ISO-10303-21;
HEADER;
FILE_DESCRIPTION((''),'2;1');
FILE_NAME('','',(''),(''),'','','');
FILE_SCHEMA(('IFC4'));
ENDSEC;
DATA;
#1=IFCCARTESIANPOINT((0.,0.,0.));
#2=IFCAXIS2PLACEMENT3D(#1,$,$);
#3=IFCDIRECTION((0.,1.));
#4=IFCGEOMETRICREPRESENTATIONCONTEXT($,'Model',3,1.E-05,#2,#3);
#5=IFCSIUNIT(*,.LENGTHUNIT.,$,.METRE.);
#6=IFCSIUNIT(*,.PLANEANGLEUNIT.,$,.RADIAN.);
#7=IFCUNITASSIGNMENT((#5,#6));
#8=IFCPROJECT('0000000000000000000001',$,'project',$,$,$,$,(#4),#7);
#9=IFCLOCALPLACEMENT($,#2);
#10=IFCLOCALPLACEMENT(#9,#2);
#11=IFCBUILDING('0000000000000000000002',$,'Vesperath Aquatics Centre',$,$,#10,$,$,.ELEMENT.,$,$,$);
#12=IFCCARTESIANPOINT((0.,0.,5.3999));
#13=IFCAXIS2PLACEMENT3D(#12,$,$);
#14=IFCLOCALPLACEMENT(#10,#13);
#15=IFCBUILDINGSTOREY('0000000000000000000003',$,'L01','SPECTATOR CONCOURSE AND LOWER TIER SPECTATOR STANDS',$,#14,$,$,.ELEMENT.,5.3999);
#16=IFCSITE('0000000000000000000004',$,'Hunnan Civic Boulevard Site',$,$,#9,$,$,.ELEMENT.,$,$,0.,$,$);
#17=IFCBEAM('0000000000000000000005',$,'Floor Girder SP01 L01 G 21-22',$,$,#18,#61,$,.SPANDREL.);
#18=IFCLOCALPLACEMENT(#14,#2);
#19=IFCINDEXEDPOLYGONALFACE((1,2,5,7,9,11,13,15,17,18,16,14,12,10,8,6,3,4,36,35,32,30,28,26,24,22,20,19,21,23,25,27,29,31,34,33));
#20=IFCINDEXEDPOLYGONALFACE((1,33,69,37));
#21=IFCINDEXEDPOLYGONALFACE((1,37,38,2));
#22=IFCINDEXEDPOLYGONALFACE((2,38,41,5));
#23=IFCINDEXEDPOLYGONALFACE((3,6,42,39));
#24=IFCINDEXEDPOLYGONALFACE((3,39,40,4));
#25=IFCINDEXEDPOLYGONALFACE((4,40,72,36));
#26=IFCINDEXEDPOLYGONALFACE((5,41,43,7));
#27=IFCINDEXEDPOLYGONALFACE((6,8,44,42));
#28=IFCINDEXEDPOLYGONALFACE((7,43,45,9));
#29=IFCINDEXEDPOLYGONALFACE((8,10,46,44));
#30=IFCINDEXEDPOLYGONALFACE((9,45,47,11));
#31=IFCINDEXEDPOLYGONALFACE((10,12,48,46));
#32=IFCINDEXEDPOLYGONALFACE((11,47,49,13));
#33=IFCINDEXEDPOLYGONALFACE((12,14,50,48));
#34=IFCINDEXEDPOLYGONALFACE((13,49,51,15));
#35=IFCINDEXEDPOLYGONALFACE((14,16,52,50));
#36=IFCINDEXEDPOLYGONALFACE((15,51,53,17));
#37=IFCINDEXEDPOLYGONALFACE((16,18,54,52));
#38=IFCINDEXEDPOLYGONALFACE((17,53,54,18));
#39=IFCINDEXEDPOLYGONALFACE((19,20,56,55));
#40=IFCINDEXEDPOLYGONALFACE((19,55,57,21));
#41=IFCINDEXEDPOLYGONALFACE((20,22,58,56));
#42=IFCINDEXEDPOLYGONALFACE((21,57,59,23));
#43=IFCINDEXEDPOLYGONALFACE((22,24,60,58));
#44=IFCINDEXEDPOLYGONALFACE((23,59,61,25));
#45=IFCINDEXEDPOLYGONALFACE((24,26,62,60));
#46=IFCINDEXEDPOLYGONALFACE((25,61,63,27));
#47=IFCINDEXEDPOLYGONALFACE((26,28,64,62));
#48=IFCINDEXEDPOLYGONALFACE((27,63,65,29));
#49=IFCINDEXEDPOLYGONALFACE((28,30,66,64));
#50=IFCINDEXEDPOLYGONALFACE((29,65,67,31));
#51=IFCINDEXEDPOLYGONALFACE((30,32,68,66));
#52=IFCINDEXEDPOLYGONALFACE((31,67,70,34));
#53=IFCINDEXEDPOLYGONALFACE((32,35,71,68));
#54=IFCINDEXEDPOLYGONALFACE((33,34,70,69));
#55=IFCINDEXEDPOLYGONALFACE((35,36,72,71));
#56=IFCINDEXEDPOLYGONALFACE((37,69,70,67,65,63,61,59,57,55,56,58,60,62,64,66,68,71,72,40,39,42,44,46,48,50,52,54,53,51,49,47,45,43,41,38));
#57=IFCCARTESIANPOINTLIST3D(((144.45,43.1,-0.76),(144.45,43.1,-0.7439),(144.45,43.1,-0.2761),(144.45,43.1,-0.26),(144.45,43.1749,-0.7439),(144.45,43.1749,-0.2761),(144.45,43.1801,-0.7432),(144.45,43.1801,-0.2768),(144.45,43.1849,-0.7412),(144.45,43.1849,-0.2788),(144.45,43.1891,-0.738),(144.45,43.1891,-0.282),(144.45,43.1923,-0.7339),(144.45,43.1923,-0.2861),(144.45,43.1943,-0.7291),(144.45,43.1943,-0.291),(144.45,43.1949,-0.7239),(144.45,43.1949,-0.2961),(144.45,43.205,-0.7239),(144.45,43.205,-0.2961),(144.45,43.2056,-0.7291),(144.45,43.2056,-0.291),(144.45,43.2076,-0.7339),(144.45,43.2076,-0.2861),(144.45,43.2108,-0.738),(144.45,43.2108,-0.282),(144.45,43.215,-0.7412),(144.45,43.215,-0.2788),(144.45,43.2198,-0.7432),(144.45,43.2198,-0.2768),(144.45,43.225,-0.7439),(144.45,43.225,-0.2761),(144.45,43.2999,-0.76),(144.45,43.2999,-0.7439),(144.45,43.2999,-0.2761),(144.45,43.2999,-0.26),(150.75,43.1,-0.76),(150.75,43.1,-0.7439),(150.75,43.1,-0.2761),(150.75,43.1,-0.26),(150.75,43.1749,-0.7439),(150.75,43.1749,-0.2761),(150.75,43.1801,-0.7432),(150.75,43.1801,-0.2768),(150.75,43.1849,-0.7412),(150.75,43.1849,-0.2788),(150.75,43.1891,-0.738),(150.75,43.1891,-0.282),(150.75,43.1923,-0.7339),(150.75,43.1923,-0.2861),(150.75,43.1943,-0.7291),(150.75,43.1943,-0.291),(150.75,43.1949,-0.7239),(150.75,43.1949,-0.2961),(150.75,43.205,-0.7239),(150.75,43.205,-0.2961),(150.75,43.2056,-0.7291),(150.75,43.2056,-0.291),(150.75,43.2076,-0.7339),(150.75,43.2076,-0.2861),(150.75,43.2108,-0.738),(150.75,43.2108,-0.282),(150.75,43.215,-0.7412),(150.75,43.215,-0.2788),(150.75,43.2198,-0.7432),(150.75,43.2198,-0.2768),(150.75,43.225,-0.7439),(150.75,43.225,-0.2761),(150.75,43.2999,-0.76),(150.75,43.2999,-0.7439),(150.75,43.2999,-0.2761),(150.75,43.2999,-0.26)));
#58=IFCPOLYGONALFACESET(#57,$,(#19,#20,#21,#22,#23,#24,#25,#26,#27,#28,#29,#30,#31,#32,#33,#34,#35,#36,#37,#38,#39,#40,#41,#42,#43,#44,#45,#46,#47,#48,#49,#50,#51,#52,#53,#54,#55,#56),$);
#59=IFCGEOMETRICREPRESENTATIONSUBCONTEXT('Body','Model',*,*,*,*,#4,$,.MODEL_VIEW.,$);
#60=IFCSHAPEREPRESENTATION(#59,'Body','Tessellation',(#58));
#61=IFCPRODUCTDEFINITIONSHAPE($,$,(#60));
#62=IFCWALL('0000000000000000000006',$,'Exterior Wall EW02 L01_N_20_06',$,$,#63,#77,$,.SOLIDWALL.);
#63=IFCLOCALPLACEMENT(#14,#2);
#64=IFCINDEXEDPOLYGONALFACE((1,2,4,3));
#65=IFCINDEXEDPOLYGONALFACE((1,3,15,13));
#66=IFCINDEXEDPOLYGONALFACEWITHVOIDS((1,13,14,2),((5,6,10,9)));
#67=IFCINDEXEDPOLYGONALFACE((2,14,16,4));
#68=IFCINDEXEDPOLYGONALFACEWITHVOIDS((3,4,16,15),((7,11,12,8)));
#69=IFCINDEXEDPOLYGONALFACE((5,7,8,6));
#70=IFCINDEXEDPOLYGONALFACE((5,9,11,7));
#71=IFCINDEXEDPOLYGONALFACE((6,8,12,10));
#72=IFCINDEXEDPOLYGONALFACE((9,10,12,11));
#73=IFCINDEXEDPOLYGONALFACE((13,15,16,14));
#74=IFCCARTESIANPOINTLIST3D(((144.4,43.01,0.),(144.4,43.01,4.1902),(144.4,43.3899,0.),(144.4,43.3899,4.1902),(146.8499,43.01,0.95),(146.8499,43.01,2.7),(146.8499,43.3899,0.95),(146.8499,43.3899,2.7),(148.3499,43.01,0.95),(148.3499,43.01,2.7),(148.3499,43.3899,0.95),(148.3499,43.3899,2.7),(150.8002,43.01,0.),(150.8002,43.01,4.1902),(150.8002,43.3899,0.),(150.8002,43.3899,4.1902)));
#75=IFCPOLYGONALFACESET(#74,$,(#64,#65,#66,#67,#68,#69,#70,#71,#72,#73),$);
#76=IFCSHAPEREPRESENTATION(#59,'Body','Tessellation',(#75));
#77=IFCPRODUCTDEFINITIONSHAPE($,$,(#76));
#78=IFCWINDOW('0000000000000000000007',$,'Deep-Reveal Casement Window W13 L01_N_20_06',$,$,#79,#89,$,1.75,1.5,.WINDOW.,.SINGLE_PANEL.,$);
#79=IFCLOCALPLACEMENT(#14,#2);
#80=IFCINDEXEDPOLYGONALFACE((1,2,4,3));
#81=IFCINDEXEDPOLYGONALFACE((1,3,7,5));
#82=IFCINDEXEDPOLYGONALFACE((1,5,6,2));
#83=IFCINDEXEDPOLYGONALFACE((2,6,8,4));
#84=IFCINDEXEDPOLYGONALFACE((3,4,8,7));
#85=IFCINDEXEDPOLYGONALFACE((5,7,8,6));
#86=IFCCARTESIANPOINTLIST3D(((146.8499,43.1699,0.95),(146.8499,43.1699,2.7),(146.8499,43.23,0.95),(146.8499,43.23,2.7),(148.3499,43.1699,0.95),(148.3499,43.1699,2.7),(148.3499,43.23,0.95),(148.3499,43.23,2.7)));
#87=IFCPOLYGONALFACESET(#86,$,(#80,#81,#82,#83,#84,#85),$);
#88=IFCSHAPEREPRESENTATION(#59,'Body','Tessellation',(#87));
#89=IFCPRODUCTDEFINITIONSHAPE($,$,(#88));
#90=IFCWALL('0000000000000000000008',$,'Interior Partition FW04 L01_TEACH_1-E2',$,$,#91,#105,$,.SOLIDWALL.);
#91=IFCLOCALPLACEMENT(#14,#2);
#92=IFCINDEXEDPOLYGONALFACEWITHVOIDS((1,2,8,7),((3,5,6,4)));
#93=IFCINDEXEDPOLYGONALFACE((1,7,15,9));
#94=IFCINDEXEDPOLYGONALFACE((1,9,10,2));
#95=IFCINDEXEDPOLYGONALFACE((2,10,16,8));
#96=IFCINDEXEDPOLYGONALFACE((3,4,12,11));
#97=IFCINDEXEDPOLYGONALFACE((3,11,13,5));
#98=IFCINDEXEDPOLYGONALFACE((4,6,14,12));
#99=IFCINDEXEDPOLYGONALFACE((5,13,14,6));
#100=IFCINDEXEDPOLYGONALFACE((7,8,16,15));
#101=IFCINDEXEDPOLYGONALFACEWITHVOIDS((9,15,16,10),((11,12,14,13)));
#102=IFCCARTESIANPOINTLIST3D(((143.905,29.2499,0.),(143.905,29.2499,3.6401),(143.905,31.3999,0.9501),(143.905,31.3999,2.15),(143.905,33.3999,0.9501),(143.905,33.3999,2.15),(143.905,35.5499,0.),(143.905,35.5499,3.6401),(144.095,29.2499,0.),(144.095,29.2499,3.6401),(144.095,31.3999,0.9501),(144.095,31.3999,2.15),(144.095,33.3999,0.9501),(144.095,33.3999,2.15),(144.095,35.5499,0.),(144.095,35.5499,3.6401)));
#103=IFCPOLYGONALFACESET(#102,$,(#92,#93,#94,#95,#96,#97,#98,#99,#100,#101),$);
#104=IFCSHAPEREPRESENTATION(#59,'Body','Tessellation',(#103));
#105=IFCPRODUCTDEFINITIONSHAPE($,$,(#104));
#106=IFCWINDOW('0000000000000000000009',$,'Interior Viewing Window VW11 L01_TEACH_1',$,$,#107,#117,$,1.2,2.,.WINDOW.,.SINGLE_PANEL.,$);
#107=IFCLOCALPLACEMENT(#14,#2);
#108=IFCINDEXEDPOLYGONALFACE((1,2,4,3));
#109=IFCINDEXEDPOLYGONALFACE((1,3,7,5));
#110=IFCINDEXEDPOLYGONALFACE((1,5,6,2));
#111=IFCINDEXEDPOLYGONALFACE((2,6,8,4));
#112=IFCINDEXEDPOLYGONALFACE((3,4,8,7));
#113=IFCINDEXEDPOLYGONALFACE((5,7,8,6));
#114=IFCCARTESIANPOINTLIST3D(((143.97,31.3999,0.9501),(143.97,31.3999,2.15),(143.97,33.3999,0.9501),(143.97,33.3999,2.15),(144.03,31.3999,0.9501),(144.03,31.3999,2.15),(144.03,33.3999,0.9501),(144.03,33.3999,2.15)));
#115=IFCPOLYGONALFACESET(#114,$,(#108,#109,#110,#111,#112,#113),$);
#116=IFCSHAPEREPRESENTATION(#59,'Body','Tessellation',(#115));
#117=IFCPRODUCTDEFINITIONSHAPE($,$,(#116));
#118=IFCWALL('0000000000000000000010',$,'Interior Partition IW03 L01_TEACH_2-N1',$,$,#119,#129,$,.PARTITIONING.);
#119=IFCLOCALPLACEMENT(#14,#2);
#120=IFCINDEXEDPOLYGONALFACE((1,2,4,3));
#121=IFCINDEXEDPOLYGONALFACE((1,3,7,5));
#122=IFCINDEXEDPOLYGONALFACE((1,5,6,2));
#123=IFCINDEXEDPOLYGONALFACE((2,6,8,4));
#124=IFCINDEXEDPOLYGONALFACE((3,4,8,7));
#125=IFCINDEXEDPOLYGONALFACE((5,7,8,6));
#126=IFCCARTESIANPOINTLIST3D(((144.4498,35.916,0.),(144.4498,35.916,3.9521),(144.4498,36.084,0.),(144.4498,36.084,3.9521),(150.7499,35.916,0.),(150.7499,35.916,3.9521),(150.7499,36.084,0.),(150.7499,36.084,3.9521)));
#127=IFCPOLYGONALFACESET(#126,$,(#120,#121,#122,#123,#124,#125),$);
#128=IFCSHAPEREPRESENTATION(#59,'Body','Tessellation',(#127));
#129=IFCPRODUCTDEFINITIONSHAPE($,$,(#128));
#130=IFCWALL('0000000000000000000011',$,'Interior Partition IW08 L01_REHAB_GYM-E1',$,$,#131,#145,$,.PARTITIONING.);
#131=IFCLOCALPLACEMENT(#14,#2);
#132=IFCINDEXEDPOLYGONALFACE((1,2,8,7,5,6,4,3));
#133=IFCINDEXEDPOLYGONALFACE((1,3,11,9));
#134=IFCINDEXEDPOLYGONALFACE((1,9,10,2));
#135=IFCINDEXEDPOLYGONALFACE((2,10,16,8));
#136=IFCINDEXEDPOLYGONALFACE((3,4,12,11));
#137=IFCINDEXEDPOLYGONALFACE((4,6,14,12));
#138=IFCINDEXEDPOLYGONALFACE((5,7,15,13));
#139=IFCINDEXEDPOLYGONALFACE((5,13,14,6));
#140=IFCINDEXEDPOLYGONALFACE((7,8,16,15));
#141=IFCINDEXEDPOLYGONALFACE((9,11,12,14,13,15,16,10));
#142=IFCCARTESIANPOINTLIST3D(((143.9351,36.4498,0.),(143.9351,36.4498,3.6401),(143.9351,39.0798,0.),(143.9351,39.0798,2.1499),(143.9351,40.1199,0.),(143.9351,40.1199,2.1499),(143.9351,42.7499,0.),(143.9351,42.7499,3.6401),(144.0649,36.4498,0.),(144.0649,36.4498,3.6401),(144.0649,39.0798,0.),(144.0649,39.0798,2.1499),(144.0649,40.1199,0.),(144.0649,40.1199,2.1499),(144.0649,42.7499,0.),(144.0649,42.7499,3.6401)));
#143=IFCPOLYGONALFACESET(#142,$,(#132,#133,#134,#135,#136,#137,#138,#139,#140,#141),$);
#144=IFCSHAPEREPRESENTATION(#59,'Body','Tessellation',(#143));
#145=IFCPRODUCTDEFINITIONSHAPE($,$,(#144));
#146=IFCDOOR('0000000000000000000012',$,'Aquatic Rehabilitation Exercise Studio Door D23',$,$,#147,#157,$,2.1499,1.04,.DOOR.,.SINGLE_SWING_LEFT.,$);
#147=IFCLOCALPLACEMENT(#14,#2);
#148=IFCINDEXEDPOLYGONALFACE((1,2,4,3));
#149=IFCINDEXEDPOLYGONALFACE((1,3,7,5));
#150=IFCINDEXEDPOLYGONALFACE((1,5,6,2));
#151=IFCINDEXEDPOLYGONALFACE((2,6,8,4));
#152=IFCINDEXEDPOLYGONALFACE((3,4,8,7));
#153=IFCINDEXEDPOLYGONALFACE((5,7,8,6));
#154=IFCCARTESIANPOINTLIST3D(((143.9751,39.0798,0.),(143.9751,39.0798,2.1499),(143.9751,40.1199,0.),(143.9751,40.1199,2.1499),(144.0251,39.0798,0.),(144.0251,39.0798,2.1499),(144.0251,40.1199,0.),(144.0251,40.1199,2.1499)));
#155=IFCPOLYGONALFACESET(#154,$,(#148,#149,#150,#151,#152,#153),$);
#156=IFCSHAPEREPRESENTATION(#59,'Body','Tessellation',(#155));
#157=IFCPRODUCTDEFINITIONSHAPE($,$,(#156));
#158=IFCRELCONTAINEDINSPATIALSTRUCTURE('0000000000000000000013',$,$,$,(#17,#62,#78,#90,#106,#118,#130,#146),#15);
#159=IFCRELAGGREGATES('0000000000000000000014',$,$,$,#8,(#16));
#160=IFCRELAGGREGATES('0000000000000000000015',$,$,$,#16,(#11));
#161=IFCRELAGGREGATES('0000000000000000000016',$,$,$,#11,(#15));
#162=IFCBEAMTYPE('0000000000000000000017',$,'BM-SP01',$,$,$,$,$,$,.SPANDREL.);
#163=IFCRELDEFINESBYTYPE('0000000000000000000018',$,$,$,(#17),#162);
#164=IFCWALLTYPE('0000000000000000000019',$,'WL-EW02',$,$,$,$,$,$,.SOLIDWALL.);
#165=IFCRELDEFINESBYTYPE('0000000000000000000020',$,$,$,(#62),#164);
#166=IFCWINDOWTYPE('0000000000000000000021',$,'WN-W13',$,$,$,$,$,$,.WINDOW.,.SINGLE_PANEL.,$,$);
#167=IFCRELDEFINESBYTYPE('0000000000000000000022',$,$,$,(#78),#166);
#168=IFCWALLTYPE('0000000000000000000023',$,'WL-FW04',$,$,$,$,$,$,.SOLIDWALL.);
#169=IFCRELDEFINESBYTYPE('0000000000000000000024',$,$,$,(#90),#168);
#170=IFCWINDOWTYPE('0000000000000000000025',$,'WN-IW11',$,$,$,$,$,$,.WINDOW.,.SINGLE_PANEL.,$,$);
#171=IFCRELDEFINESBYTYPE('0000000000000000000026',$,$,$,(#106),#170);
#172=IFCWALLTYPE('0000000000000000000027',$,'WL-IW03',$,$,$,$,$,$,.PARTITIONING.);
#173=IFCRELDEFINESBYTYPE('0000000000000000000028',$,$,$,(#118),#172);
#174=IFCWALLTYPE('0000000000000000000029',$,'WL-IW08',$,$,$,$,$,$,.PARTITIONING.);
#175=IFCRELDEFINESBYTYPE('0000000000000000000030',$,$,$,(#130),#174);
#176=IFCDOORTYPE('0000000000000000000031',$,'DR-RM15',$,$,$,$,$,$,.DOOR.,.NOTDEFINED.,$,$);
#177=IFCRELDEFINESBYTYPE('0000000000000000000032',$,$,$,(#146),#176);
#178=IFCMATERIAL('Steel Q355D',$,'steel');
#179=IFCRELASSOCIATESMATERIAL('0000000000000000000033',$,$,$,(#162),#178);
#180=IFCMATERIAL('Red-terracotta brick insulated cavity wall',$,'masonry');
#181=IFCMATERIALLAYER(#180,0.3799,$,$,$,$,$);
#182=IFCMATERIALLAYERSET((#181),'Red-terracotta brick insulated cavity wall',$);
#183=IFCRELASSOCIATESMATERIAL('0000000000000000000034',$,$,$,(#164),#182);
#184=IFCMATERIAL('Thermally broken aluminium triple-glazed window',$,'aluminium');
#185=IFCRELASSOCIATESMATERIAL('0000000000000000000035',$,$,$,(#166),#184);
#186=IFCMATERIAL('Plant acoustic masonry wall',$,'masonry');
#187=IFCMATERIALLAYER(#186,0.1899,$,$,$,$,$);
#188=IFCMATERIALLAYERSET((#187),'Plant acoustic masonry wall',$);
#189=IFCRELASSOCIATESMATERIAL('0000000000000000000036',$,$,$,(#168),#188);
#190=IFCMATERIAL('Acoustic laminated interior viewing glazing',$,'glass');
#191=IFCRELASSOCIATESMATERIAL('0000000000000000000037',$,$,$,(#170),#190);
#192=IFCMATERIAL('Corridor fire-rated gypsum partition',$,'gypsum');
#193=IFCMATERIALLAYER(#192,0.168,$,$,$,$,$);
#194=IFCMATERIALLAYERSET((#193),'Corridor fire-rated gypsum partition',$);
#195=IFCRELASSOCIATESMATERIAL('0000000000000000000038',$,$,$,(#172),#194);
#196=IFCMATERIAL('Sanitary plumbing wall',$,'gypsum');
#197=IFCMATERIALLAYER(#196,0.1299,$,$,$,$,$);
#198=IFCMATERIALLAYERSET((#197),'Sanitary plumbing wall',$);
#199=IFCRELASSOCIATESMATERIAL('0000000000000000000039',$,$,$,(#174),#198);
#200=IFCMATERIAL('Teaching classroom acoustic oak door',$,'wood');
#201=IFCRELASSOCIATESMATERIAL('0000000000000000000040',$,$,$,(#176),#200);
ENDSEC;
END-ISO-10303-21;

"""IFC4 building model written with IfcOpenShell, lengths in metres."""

from ifc_helpers import new_model, si_unit, direction, frame, frame_2d, origin, origin_2d, place, context, subcontext, project, spatial, rectangle, i_section, extrude, material, layer, layer_set, material_profile, profile_set, type_object, element, fill, save


model = new_model("IFC4")

# Units and contexts
model_context = context("Model", 3, precision=1e-05, world=origin(), true_north=direction((0.0, 1.0)))
body_context = subcontext(model_context, "Body", "Model", "MODEL_VIEW")
ifc_project = project(units=[si_unit("LENGTHUNIT", "METRE"), si_unit("PLANEANGLEUNIT", "RADIAN")], contexts=[model_context])

# Site, building, storey
site_placement = place(None, origin())
site = spatial("IfcSite", under=ifc_project, at=site_placement, Name="Hunnan Civic Boulevard Site", CompositionType="ELEMENT", RefElevation=0.0)
building_placement = place(site_placement, origin())
building = spatial("IfcBuilding", under=site, at=building_placement, Name="Vesperath Aquatics Centre", CompositionType="ELEMENT")
storey_placement = place(building_placement, frame((0.0, 0.0, 5.3999)))
storey = spatial("IfcBuildingStorey", under=building, at=storey_placement, Name="L01", Description="SPECTATOR CONCOURSE AND LOWER TIER SPECTATOR STANDS", CompositionType="ELEMENT", Elevation=5.3999)

# Beam
ifc_material_1 = material(Name="Steel Q355D", Category="steel")
ifc_material_profile_1 = material_profile(ifc_material_1, i_section(OverallWidth=0.2, OverallDepth=0.5, WebThickness=0.01, FlangeThickness=0.0161, FilletRadius=0.02, at=origin_2d()), Name="HN 500x200x10x16")
ifc_profile_set_1 = profile_set([ifc_material_profile_1], Name="Steel Q355D")
beam_type_1 = type_object("IfcBeamType", Name="BM-SP01", PredefinedType="SPANDREL", material=ifc_profile_set_1)
beam_1_placement = place(storey_placement, frame((144.45, 43.2, -0.51), z_axis=(1.0, 0.0, 0.0), x_axis=(0.0, 1.0, 0.0)))
element("IfcBeam", 1, at=beam_1_placement, inside=storey, type_object=beam_type_1, Name="Floor Girder SP01 L01 G 21-22", PredefinedType="SPANDREL", context=body_context, shape_type="SweptSolid", body=[
    extrude(i_section(OverallWidth=0.2, OverallDepth=0.5, WebThickness=0.01, FlangeThickness=0.0161, FilletRadius=0.02, at=origin_2d()), origin(), (0.0, 0.0, 1.0), 6.3),
])

# Walls, openings, windows
ifc_material_2 = material(Name="Red-terracotta brick insulated cavity wall", Category="masonry")
ifc_layer_1 = layer(ifc_material_2, 0.3799)
ifc_layer_set_1 = layer_set([ifc_layer_1], Name="Red-terracotta brick insulated cavity wall")
wall_type_1 = type_object("IfcWallType", Name="WL-EW02", PredefinedType="SOLIDWALL", material=ifc_layer_set_1)
wall_1_placement = place(storey_placement, frame((144.3999, 43.2, 0.0), z_axis=(0.0, 0.0, 1.0), x_axis=(1.0, 0.0, 0.0)))
wall_1 = element("IfcWall", 2, at=wall_1_placement, inside=storey, type_object=wall_type_1, Name="Exterior Wall EW02 L01_N_20_06", PredefinedType="SOLIDWALL", context=body_context, shape_type="SweptSolid", body=[
    extrude(rectangle(XDim=6.4001, YDim=0.3799, at=frame_2d((3.2002, 0.0))), origin(), (0.0, 0.0, 1.0), 4.1902),
])
opening_1_placement = place(wall_1_placement, frame((2.45, 0.0, 0.95)))
opening_1 = element("IfcOpeningElement", 3, at=opening_1_placement, cuts=wall_1, PredefinedType="OPENING", context=body_context, shape_type="SweptSolid", body=[
    extrude(rectangle(XDim=1.5, YDim=1.75, at=frame_2d((0.75, 0.875))), frame((0.0, 0.2048, 0.0), z_axis=(0.0, -1.0, 0.0), x_axis=(1.0, 0.0, 0.0)), (0.0, 0.0, 1.0), 0.4097),
])
ifc_material_3 = material(Name="Thermally broken aluminium triple-glazed window", Category="aluminium")
window_type_1 = type_object("IfcWindowType", Name="WN-W13", PartitioningType="SINGLE_PANEL", PredefinedType="WINDOW", material=ifc_material_3)
window_1_placement = place(opening_1_placement, origin())
window_1 = element("IfcWindow", 4, at=window_1_placement, inside=storey, type_object=window_type_1, Name="Deep-Reveal Casement Window W13 L01_N_20_06", OverallHeight=1.75, OverallWidth=1.5, PartitioningType="SINGLE_PANEL", PredefinedType="WINDOW", context=body_context, shape_type="SweptSolid", body=[
    extrude(rectangle(XDim=1.5, YDim=1.75, at=frame_2d((0.75, 0.875))), frame((0.0, 0.03, 0.0), z_axis=(0.0, -1.0, 0.0), x_axis=(1.0, 0.0, 0.0)), (0.0, 0.0, 1.0), 0.0601),
])
fill(opening_1, window_1)
ifc_material_4 = material(Name="Plant acoustic masonry wall", Category="masonry")
ifc_layer_2 = layer(ifc_material_4, 0.1899)
ifc_layer_set_2 = layer_set([ifc_layer_2], Name="Plant acoustic masonry wall")
wall_type_2 = type_object("IfcWallType", Name="WL-FW04", PredefinedType="SOLIDWALL", material=ifc_layer_set_2)
wall_2_placement = place(storey_placement, frame((144.0, 29.25, 0.0), z_axis=(0.0, 0.0, 1.0), x_axis=(0.0, 1.0, 0.0)))
wall_2 = element("IfcWall", 5, at=wall_2_placement, inside=storey, type_object=wall_type_2, Name="Interior Partition FW04 L01_TEACH_1-E2", PredefinedType="SOLIDWALL", context=body_context, shape_type="SweptSolid", body=[
    extrude(rectangle(XDim=6.3, YDim=0.1899, at=frame_2d((3.1499, 0.0))), origin(), (0.0, 0.0, 1.0), 3.6401),
])
opening_2_placement = place(wall_2_placement, frame((2.1499, 0.0, 0.95)))
opening_2 = element("IfcOpeningElement", 6, at=opening_2_placement, cuts=wall_2, PredefinedType="OPENING", context=body_context, shape_type="SweptSolid", body=[
    extrude(rectangle(XDim=2.0, YDim=1.2, at=frame_2d((1.0, 0.6001))), frame((0.0, 0.1099, 0.0), z_axis=(0.0, -1.0, 0.0), x_axis=(1.0, 0.0, 0.0)), (0.0, 0.0, 1.0), 0.2197),
])
ifc_material_5 = material(Name="Acoustic laminated interior viewing glazing", Category="glass")
window_type_2 = type_object("IfcWindowType", Name="WN-IW11", PartitioningType="SINGLE_PANEL", PredefinedType="WINDOW", material=ifc_material_5)
window_2_placement = place(opening_2_placement, origin())
window_2 = element("IfcWindow", 7, at=window_2_placement, inside=storey, type_object=window_type_2, Name="Interior Viewing Window VW11 L01_TEACH_1", OverallHeight=1.2, OverallWidth=2.0, PartitioningType="SINGLE_PANEL", PredefinedType="WINDOW", context=body_context, shape_type="SweptSolid", body=[
    extrude(rectangle(XDim=2.0, YDim=1.2, at=frame_2d((1.0, 0.6001))), frame((0.0, 0.03, 0.0), z_axis=(0.0, -1.0, 0.0), x_axis=(1.0, 0.0, 0.0)), (0.0, 0.0, 1.0), 0.0601),
])
fill(opening_2, window_2)

# Wall
ifc_material_6 = material(Name="Corridor fire-rated gypsum partition", Category="gypsum")
ifc_layer_3 = layer(ifc_material_6, 0.168)
ifc_layer_set_3 = layer_set([ifc_layer_3], Name="Corridor fire-rated gypsum partition")
wall_type_3 = type_object("IfcWallType", Name="WL-IW03", PredefinedType="PARTITIONING", material=ifc_layer_set_3)
wall_3_placement = place(storey_placement, frame((144.45, 36.0, 0.0), z_axis=(0.0, 0.0, 1.0), x_axis=(1.0, 0.0, 0.0)))
element("IfcWall", 8, at=wall_3_placement, inside=storey, type_object=wall_type_3, Name="Interior Partition IW03 L01_TEACH_2-N1", PredefinedType="PARTITIONING", context=body_context, shape_type="SweptSolid", body=[
    extrude(rectangle(XDim=6.3, YDim=0.168, at=frame_2d((3.1499, 0.0))), origin(), (0.0, 0.0, 1.0), 3.9521),
])

# Wall, opening, door
ifc_material_7 = material(Name="Sanitary plumbing wall", Category="gypsum")
ifc_layer_4 = layer(ifc_material_7, 0.1299)
ifc_layer_set_4 = layer_set([ifc_layer_4], Name="Sanitary plumbing wall")
wall_type_4 = type_object("IfcWallType", Name="WL-IW08", PredefinedType="PARTITIONING", material=ifc_layer_set_4)
wall_4_placement = place(storey_placement, frame((144.0, 36.45, 0.0), z_axis=(0.0, 0.0, 1.0), x_axis=(0.0, 1.0, 0.0)))
wall_4 = element("IfcWall", 9, at=wall_4_placement, inside=storey, type_object=wall_type_4, Name="Interior Partition IW08 L01_REHAB_GYM-E1", PredefinedType="PARTITIONING", context=body_context, shape_type="SweptSolid", body=[
    extrude(rectangle(XDim=6.3, YDim=0.1299, at=frame_2d((3.1499, 0.0))), origin(), (0.0, 0.0, 1.0), 3.6401),
])
opening_3_placement = place(wall_4_placement, frame((2.6299, 0.0, 0.0)))
opening_3 = element("IfcOpeningElement", 10, at=opening_3_placement, cuts=wall_4, PredefinedType="OPENING", context=body_context, shape_type="SweptSolid", body=[
    extrude(rectangle(XDim=1.04, YDim=2.1499, at=frame_2d((0.52, 1.075))), frame((0.0, 0.0798, 0.0), z_axis=(0.0, -1.0, 0.0), x_axis=(1.0, 0.0, 0.0)), (0.0, 0.0, 1.0), 0.1597),
])
ifc_material_8 = material(Name="Teaching classroom acoustic oak door", Category="wood")
door_type = type_object("IfcDoorType", Name="DR-RM15", OperationType="NOTDEFINED", PredefinedType="DOOR", material=ifc_material_8)
door_placement = place(opening_3_placement, origin())
door = element("IfcDoor", 11, at=door_placement, inside=storey, type_object=door_type, Name="Aquatic Rehabilitation Exercise Studio Door D23", OperationType="SINGLE_SWING_LEFT", OverallHeight=2.1499, OverallWidth=1.04, PredefinedType="DOOR", context=body_context, shape_type="SweptSolid", body=[
    extrude(rectangle(XDim=1.04, YDim=2.1499, at=frame_2d((0.52, 1.075))), frame((0.0, 0.0249, 0.0), z_axis=(0.0, -1.0, 0.0), x_axis=(1.0, 0.0, 0.0)), (0.0, 0.0, 1.0), 0.05),
])
fill(opening_3, door)

save(model, "model.ifc")
